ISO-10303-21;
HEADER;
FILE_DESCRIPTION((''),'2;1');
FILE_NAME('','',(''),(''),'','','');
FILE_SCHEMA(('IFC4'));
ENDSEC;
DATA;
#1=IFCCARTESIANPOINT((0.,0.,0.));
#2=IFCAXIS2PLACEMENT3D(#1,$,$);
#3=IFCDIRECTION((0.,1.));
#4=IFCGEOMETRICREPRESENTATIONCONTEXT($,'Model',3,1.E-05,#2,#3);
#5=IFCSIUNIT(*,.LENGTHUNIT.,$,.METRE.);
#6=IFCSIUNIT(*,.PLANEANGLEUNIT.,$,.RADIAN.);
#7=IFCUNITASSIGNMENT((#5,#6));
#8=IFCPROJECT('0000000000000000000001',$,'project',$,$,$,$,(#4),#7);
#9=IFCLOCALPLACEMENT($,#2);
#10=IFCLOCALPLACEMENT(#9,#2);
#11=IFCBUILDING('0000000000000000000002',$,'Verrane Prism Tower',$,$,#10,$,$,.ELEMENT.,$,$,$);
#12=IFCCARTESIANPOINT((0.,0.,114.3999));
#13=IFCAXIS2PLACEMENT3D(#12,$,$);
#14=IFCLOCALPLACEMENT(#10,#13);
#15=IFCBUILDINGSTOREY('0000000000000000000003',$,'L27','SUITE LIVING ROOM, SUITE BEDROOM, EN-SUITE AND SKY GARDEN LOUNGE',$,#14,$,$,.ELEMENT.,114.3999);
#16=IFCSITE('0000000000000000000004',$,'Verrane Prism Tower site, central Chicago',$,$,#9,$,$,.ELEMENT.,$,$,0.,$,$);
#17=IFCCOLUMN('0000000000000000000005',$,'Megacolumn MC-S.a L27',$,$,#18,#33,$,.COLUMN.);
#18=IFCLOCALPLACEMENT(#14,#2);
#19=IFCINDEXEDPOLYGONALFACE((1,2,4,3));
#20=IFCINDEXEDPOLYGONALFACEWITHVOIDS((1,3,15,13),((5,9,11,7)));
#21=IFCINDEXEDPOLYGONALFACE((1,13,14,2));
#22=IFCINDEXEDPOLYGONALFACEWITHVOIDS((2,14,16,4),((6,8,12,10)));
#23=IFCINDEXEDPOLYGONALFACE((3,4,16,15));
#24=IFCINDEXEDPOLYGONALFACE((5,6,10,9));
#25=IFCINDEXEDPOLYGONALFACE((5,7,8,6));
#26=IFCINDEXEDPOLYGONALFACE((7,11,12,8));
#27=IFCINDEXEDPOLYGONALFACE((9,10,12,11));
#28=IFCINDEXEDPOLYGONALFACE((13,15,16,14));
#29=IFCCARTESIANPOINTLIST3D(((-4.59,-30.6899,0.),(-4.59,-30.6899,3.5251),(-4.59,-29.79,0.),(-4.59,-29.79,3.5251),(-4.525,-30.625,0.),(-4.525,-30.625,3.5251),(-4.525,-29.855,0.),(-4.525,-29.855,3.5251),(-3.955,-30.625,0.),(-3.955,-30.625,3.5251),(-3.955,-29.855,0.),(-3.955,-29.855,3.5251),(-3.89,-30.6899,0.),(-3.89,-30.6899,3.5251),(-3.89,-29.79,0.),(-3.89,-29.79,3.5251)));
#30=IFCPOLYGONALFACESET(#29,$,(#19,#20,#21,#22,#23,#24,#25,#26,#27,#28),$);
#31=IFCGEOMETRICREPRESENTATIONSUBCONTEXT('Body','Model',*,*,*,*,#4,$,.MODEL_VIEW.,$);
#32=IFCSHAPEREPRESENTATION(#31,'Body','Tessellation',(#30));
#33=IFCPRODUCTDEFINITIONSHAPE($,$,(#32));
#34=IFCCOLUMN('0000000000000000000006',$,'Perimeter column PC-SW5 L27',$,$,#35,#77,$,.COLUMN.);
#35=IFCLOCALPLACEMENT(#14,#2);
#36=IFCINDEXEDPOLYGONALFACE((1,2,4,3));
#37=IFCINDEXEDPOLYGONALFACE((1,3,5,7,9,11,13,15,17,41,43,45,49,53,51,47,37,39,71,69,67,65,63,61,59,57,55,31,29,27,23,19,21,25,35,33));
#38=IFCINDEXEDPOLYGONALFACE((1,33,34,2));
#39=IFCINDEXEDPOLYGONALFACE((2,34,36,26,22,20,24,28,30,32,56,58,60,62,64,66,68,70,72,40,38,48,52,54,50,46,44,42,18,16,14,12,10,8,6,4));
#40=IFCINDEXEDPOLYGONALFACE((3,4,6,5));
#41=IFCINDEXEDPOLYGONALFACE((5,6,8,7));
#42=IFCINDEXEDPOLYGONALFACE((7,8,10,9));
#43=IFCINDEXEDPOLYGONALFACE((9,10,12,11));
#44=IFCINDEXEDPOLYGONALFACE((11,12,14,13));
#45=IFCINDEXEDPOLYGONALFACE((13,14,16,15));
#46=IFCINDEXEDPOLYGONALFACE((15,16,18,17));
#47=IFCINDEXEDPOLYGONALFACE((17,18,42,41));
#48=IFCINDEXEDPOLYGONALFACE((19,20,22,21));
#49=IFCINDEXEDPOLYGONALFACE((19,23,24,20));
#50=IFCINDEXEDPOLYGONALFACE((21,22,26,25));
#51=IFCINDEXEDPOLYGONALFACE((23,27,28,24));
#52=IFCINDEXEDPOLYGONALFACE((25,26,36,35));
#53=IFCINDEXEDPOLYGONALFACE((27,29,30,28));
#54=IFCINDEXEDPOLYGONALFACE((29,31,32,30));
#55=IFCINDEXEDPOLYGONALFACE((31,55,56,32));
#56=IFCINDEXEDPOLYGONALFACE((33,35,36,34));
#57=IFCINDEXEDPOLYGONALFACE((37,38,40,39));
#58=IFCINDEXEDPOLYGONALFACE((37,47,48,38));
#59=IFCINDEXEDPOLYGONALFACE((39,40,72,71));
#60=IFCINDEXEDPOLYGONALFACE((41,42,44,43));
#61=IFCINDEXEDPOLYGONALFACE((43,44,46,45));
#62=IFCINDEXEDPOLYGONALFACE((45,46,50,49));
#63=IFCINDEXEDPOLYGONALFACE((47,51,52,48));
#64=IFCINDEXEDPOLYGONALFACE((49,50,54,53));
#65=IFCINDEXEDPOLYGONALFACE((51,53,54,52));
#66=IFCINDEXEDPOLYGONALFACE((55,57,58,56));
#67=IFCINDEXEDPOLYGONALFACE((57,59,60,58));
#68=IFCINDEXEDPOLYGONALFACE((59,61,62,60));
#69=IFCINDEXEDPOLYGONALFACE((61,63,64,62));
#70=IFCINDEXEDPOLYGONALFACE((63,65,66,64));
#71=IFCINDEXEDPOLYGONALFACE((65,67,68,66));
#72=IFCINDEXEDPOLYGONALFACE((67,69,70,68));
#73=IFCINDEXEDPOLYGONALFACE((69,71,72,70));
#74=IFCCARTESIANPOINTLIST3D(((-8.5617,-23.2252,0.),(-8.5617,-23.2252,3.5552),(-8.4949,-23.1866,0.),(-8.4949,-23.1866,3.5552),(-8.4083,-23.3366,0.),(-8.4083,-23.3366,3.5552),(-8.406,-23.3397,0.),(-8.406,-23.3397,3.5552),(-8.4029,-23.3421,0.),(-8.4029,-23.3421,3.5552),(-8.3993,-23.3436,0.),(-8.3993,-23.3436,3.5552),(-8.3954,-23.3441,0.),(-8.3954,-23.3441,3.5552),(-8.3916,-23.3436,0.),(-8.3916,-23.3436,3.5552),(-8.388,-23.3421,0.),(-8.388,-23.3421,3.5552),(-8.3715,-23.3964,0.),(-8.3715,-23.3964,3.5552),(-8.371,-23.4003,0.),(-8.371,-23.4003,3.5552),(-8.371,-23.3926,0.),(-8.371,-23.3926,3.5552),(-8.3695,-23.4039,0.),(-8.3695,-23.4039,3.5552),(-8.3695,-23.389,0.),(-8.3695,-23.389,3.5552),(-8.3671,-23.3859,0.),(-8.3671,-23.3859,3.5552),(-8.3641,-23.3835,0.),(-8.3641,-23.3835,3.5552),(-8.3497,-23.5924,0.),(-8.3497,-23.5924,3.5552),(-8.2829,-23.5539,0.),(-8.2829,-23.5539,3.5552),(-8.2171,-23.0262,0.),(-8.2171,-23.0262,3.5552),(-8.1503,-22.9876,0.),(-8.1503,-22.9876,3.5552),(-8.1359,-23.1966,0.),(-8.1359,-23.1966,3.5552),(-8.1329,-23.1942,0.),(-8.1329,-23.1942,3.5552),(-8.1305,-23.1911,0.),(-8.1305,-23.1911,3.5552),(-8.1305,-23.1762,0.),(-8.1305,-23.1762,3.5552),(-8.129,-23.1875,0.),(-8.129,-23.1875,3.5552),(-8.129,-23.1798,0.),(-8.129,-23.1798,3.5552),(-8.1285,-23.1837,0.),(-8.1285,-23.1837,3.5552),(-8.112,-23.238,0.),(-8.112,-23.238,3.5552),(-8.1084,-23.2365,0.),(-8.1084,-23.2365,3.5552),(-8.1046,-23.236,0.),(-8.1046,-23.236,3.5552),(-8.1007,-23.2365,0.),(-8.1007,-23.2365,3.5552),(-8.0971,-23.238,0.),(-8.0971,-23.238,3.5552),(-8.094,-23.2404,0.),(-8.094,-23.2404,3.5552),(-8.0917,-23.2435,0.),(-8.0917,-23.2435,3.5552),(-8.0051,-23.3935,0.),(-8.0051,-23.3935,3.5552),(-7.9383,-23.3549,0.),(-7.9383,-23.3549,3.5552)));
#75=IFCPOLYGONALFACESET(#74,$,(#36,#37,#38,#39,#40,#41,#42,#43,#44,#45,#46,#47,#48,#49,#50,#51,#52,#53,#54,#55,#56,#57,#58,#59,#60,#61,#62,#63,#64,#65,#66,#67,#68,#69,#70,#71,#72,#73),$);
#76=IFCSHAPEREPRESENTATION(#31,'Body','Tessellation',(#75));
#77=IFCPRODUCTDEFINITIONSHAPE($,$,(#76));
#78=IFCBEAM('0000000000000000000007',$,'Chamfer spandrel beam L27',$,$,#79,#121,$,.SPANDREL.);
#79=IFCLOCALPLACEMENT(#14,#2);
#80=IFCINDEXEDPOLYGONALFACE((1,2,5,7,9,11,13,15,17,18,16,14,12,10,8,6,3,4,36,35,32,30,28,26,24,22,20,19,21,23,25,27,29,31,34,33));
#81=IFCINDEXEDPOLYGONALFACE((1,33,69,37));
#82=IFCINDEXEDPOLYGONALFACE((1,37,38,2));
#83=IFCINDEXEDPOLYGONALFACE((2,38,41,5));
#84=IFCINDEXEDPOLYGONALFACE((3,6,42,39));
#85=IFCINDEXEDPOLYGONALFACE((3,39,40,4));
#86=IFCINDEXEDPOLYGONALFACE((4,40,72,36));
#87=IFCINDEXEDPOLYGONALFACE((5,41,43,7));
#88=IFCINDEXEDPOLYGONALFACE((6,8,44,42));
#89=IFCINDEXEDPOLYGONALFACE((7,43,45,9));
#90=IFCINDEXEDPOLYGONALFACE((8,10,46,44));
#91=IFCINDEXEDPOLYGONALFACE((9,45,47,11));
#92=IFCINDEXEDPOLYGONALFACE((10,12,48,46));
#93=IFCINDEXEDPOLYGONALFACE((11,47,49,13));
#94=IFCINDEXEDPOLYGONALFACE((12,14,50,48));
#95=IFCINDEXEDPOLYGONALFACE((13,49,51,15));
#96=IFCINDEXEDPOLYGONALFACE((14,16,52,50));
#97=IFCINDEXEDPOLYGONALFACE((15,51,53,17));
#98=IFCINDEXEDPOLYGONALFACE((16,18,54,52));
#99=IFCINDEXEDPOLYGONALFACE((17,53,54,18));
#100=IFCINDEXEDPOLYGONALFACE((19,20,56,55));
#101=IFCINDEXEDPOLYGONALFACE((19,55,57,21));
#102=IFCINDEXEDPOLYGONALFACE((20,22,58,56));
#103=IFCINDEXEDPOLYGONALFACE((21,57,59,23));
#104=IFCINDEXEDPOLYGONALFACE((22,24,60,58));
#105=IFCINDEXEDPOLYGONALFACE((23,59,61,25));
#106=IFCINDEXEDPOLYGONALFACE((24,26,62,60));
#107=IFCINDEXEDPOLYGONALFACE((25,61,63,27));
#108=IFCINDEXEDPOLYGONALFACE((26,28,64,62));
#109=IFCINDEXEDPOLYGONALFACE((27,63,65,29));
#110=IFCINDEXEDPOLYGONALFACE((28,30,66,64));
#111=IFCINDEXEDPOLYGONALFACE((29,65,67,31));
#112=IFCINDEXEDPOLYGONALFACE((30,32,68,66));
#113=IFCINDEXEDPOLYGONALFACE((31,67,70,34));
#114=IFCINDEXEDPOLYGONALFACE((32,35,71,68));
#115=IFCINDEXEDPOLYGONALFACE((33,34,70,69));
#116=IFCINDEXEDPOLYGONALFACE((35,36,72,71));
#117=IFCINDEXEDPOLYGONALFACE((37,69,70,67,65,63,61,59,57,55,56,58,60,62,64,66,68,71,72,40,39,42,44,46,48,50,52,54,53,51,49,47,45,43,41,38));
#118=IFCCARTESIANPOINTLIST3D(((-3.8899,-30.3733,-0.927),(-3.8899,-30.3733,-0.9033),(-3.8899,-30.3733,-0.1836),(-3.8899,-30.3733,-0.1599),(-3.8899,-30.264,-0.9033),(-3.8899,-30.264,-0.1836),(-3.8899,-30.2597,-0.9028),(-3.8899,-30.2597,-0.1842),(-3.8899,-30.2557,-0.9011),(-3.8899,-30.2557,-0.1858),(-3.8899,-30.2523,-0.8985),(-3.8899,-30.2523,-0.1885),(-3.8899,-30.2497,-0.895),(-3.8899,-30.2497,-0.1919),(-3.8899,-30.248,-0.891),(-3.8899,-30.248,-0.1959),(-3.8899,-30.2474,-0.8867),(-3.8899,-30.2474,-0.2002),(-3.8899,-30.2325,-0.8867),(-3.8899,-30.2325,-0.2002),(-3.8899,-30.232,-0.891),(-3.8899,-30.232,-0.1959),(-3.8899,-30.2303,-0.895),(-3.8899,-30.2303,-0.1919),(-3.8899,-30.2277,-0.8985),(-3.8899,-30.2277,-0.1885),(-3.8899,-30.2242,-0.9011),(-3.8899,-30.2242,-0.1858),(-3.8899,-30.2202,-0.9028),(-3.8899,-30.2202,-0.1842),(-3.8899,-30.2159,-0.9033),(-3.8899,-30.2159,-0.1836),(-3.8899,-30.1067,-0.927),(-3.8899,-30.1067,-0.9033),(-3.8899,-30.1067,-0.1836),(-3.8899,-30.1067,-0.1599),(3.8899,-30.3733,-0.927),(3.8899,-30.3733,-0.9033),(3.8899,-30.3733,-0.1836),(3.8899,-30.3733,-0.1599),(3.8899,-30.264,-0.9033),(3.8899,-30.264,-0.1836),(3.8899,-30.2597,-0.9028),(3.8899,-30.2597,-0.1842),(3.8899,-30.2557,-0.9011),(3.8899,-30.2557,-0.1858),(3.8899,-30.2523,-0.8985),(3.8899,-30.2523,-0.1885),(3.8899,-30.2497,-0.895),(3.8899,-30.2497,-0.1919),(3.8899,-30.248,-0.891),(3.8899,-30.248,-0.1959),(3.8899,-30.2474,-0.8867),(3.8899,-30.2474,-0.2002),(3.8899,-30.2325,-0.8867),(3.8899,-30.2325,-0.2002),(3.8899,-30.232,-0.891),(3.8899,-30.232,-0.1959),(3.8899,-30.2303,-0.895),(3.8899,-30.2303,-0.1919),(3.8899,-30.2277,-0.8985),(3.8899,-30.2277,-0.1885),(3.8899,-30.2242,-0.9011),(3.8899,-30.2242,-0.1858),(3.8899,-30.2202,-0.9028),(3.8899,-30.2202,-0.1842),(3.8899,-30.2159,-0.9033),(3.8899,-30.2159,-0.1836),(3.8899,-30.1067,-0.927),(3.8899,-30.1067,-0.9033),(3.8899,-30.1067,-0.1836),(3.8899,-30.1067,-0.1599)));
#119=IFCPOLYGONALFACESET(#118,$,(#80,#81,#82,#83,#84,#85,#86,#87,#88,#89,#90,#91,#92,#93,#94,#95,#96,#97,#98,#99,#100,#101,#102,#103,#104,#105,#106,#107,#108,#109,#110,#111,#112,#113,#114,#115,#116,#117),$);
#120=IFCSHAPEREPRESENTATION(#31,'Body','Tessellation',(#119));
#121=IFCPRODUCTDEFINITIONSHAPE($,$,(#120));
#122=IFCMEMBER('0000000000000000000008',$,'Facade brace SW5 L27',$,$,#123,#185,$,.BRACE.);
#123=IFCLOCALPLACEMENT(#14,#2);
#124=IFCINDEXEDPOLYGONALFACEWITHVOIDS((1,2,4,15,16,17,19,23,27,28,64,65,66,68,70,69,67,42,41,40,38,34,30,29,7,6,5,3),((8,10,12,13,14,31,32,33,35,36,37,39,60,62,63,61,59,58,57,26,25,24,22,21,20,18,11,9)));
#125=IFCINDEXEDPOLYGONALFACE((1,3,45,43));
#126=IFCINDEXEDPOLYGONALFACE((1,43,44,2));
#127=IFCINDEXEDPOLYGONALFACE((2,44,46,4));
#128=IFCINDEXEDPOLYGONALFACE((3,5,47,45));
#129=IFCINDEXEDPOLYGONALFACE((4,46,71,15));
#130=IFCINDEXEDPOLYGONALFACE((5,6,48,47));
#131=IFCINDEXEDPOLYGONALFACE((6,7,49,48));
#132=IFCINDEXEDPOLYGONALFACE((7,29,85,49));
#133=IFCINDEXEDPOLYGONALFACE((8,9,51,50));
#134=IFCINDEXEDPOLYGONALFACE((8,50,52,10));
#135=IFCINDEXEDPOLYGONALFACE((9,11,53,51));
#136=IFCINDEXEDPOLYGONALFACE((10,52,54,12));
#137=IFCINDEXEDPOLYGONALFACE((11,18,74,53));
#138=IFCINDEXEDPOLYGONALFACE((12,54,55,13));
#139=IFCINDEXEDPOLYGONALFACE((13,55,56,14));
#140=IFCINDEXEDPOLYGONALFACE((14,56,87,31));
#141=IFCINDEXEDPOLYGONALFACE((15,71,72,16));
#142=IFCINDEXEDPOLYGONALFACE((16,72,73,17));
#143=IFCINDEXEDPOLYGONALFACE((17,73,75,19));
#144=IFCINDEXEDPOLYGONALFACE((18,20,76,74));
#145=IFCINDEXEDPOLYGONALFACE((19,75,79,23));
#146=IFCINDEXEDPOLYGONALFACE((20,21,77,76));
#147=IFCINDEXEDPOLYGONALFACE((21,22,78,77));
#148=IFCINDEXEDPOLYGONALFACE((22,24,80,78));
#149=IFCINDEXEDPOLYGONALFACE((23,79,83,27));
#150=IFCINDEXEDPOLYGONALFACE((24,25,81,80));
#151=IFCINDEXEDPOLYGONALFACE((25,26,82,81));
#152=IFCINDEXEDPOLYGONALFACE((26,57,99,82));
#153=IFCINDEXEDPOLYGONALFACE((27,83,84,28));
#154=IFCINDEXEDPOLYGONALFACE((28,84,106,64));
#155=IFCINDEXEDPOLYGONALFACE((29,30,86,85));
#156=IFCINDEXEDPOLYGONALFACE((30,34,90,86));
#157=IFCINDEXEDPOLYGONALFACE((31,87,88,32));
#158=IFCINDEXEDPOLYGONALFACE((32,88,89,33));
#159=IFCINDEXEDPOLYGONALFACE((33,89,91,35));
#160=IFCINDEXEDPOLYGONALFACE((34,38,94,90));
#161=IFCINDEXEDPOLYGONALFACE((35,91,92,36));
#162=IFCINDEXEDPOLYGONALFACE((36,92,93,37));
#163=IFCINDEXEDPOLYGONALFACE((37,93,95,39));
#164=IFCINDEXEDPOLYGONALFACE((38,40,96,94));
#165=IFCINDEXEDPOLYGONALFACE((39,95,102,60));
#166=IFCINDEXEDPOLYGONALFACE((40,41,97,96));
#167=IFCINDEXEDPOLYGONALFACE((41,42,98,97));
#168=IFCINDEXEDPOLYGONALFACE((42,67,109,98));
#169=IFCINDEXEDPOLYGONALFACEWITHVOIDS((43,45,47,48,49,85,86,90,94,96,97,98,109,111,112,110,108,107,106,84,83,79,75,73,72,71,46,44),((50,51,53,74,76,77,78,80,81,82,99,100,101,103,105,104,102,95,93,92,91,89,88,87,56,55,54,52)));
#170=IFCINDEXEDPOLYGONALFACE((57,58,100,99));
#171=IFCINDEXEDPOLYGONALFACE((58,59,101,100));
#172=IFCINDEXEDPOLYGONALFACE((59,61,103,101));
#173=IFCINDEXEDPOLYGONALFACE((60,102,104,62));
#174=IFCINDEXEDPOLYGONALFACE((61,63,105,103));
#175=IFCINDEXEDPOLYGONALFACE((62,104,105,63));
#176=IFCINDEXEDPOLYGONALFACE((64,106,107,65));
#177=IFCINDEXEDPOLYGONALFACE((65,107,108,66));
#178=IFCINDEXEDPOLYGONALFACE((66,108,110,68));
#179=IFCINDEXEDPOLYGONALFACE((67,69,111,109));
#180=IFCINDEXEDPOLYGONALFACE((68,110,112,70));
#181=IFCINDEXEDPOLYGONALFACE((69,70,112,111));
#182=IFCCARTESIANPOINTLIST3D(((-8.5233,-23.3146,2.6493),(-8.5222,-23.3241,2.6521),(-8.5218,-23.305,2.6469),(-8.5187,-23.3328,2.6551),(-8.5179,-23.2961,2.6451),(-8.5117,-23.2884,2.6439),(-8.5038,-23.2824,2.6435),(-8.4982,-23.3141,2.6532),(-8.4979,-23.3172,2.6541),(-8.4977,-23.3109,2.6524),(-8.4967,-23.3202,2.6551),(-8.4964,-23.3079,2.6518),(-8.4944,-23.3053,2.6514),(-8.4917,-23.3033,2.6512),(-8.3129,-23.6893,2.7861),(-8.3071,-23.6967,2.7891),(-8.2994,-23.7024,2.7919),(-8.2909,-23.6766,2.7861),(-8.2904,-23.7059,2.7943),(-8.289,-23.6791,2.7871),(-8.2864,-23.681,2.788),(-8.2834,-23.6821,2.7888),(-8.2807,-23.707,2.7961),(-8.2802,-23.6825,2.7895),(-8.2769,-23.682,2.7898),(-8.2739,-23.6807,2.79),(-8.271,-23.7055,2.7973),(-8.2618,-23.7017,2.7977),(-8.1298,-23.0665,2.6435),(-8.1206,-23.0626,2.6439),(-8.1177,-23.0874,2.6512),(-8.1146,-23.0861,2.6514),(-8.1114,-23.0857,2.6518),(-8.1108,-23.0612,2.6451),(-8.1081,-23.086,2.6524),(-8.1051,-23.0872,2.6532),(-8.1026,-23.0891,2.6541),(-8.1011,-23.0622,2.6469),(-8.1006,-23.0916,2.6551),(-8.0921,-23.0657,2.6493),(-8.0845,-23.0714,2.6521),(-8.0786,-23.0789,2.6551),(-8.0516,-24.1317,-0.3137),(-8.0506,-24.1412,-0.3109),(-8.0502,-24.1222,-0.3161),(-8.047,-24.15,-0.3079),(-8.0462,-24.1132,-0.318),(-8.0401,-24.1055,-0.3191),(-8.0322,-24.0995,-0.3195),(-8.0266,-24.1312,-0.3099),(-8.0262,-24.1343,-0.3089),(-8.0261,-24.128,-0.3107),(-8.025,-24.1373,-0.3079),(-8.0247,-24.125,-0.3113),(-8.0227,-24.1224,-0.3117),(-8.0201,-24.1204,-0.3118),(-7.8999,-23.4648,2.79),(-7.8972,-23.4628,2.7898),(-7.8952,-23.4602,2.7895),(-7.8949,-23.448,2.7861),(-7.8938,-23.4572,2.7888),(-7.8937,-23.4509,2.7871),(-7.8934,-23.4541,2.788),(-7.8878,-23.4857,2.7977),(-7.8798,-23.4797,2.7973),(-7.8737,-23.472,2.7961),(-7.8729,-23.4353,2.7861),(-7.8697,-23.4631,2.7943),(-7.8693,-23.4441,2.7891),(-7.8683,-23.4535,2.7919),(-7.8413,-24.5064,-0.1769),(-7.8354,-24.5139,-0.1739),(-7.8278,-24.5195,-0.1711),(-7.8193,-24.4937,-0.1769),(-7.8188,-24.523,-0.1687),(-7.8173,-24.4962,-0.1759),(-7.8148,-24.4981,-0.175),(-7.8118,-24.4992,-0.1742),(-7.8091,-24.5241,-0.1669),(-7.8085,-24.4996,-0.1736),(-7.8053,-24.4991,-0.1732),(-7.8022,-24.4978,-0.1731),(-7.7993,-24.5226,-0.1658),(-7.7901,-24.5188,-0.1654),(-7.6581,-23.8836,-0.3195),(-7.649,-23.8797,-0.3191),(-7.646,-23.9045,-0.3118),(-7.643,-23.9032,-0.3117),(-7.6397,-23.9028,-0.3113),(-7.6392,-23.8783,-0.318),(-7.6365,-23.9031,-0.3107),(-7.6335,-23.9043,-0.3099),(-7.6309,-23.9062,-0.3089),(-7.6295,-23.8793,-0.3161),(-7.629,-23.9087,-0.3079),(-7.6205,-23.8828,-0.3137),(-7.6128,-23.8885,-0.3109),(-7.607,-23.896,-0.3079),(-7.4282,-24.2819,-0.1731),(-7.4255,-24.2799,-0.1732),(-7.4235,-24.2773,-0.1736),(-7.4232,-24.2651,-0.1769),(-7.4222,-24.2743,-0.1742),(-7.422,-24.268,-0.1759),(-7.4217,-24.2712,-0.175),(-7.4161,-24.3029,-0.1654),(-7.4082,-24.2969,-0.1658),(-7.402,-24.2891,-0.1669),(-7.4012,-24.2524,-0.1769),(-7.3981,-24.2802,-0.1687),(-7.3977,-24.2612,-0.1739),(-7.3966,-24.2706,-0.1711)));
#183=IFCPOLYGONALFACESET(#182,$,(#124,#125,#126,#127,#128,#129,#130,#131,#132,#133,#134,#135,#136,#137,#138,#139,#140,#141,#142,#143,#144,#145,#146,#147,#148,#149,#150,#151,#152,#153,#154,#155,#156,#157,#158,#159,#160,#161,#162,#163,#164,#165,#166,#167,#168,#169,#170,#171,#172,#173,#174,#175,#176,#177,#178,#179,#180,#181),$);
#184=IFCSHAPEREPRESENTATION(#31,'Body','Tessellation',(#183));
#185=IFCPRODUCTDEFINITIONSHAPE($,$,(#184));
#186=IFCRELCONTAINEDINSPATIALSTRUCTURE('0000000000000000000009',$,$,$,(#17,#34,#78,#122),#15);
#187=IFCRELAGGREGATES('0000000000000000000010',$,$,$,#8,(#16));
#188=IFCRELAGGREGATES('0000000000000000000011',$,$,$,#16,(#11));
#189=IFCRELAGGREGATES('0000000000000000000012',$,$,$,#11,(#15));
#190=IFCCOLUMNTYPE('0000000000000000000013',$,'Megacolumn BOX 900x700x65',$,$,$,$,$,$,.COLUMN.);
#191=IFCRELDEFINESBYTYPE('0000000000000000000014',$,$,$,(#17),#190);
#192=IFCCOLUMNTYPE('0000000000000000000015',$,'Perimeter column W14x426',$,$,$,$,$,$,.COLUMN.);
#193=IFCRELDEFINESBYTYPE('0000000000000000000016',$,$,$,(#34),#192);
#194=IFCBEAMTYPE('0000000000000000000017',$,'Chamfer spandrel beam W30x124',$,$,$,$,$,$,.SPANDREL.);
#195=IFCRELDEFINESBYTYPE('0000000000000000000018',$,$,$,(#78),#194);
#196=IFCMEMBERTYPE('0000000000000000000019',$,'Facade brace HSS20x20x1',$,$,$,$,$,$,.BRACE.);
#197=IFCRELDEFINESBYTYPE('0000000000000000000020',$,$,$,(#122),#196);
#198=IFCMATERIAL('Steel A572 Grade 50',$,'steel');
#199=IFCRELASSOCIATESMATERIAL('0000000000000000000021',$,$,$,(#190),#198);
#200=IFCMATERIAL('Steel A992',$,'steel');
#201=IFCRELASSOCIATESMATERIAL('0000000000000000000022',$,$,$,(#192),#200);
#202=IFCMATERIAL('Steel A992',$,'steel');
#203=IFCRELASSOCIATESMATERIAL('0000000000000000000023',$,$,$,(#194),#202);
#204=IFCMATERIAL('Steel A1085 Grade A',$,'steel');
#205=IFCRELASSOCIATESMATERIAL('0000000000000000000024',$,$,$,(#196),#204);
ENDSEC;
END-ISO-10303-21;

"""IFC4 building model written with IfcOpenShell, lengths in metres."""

from ifc_helpers import new_model, si_unit, direction, frame, origin, origin_2d, place, context, subcontext, project, spatial, hollow_rectangle, i_section, extrude, material, material_profile, profile_set, type_object, element, save


model = new_model("IFC4")

# Units and contexts
model_context = context("Model", 3, precision=1e-05, world=origin(), true_north=direction((0.0, 1.0)))
body_context = subcontext(model_context, "Body", "Model", "MODEL_VIEW")
ifc_project = project(units=[si_unit("LENGTHUNIT", "METRE"), si_unit("PLANEANGLEUNIT", "RADIAN")], contexts=[model_context])

# Site, building, storey
site_placement = place(None, origin())
site = spatial("IfcSite", under=ifc_project, at=site_placement, Name="Verrane Prism Tower site, central Chicago", CompositionType="ELEMENT", RefElevation=0.0)
building_placement = place(site_placement, origin())
building = spatial("IfcBuilding", under=site, at=building_placement, Name="Verrane Prism Tower", CompositionType="ELEMENT")
storey_placement = place(building_placement, frame((0.0, 0.0, 114.3999)))
storey = spatial("IfcBuildingStorey", under=building, at=storey_placement, Name="L27", Description="SUITE LIVING ROOM, SUITE BEDROOM, EN-SUITE AND SKY GARDEN LOUNGE", CompositionType="ELEMENT", Elevation=114.3999)

# Columns
ifc_material_1 = material(Name="Steel A572 Grade 50", Category="steel")
ifc_material_profile_1 = material_profile(ifc_material_1, hollow_rectangle(XDim=0.7, YDim=0.8999, WallThickness=0.0649, at=origin_2d()), Name="BOX 900x700x65")
ifc_profile_set_1 = profile_set([ifc_material_profile_1], Name="Steel A572 Grade 50")
column_type_1 = type_object("IfcColumnType", Name="Megacolumn BOX 900x700x65", PredefinedType="COLUMN", material=ifc_profile_set_1)
column_1_placement = place(storey_placement, frame((-4.24, -30.24, 0.0), z_axis=(0.0, 0.0, 1.0), x_axis=(-1.0, 0.0, 0.0)))
element("IfcColumn", 1, at=column_1_placement, inside=storey, type_object=column_type_1, Name="Megacolumn MC-S.a L27", PredefinedType="COLUMN", context=body_context, shape_type="SweptSolid", body=[
    extrude(hollow_rectangle(XDim=0.7, YDim=0.8999, WallThickness=0.0649, at=origin_2d()), origin(), (0.0, 0.0, 1.0), 3.5251),
])
ifc_material_2 = material(Name="Steel A992", Category="steel")
ifc_material_profile_2 = material_profile(ifc_material_2, i_section(OverallWidth=0.4241, OverallDepth=0.4751, WebThickness=0.0479, FlangeThickness=0.0771, FilletRadius=0.0149, at=origin_2d()), Name="W14x426")
ifc_profile_set_2 = profile_set([ifc_material_profile_2], Name="Steel A992")
column_type_2 = type_object("IfcColumnType", Name="Perimeter column W14x426", PredefinedType="COLUMN", material=ifc_profile_set_2)
column_2_placement = place(storey_placement, frame((-8.25, -23.29, 0.0), z_axis=(0.0, 0.0, 1.0), x_axis=(-0.5, 0.866025, 0.0)))
element("IfcColumn", 2, at=column_2_placement, inside=storey, type_object=column_type_2, Name="Perimeter column PC-SW5 L27", PredefinedType="COLUMN", context=body_context, shape_type="SweptSolid", body=[
    extrude(i_section(OverallWidth=0.4241, OverallDepth=0.4751, WebThickness=0.0479, FlangeThickness=0.0771, FilletRadius=0.0149, at=origin_2d()), origin(), (0.0, 0.0, 1.0), 3.5552),
])

# Beam
ifc_material_3 = material(Name="Steel A992", Category="steel")
ifc_material_profile_3 = material_profile(ifc_material_3, i_section(OverallWidth=0.2666, OverallDepth=0.7671, WebThickness=0.0149, FlangeThickness=0.0237, FilletRadius=0.0166, at=origin_2d()), Name="W30x124")
ifc_profile_set_3 = profile_set([ifc_material_profile_3], Name="Steel A992")
beam_type_1 = type_object("IfcBeamType", Name="Chamfer spandrel beam W30x124", PredefinedType="SPANDREL", material=ifc_profile_set_3)
beam_1_placement = place(storey_placement, frame((-3.8899, -30.24, -0.5435), z_axis=(1.0, 0.0, 0.0), x_axis=(0.0, 1.0, 0.0)))
element("IfcBeam", 3, at=beam_1_placement, inside=storey, type_object=beam_type_1, Name="Chamfer spandrel beam L27", PredefinedType="SPANDREL", context=body_context, shape_type="SweptSolid", body=[
    extrude(i_section(OverallWidth=0.2666, OverallDepth=0.7671, WebThickness=0.0149, FlangeThickness=0.0237, FilletRadius=0.0166, at=origin_2d()), origin(), (0.0, 0.0, 1.0), 7.7798),
])

# Member
ifc_material_4 = material(Name="Steel A1085 Grade A", Category="steel")
ifc_material_profile_4 = material_profile(ifc_material_4, hollow_rectangle(XDim=0.5081, YDim=0.5081, WallThickness=0.0254, InnerFilletRadius=0.0127, OuterFilletRadius=0.0381, at=origin_2d()), Name="HSS20x20x1")
ifc_profile_set_4 = profile_set([ifc_material_profile_4], Name="Steel A1085 Grade A")
member_type_1 = type_object("IfcMemberType", Name="Facade brace HSS20x20x1", PredefinedType="BRACE", material=ifc_profile_set_4)
member_1_placement = place(storey_placement, frame((-7.7241, -24.2012, -0.2424), z_axis=(-0.151679, 0.262769, 0.952862), x_axis=(-0.866069, -0.499924, 0.0)))
element("IfcMember", 4, at=member_1_placement, inside=storey, type_object=member_type_1, Name="Facade brace SW5 L27", PredefinedType="BRACE", context=body_context, shape_type="SweptSolid", body=[
    extrude(hollow_rectangle(XDim=0.5081, YDim=0.5081, WallThickness=0.0254, InnerFilletRadius=0.0127, OuterFilletRadius=0.0381, at=origin_2d()), origin(), (0.0, 0.0, 1.0), 3.1096),
])

save(model, "model.ifc")
